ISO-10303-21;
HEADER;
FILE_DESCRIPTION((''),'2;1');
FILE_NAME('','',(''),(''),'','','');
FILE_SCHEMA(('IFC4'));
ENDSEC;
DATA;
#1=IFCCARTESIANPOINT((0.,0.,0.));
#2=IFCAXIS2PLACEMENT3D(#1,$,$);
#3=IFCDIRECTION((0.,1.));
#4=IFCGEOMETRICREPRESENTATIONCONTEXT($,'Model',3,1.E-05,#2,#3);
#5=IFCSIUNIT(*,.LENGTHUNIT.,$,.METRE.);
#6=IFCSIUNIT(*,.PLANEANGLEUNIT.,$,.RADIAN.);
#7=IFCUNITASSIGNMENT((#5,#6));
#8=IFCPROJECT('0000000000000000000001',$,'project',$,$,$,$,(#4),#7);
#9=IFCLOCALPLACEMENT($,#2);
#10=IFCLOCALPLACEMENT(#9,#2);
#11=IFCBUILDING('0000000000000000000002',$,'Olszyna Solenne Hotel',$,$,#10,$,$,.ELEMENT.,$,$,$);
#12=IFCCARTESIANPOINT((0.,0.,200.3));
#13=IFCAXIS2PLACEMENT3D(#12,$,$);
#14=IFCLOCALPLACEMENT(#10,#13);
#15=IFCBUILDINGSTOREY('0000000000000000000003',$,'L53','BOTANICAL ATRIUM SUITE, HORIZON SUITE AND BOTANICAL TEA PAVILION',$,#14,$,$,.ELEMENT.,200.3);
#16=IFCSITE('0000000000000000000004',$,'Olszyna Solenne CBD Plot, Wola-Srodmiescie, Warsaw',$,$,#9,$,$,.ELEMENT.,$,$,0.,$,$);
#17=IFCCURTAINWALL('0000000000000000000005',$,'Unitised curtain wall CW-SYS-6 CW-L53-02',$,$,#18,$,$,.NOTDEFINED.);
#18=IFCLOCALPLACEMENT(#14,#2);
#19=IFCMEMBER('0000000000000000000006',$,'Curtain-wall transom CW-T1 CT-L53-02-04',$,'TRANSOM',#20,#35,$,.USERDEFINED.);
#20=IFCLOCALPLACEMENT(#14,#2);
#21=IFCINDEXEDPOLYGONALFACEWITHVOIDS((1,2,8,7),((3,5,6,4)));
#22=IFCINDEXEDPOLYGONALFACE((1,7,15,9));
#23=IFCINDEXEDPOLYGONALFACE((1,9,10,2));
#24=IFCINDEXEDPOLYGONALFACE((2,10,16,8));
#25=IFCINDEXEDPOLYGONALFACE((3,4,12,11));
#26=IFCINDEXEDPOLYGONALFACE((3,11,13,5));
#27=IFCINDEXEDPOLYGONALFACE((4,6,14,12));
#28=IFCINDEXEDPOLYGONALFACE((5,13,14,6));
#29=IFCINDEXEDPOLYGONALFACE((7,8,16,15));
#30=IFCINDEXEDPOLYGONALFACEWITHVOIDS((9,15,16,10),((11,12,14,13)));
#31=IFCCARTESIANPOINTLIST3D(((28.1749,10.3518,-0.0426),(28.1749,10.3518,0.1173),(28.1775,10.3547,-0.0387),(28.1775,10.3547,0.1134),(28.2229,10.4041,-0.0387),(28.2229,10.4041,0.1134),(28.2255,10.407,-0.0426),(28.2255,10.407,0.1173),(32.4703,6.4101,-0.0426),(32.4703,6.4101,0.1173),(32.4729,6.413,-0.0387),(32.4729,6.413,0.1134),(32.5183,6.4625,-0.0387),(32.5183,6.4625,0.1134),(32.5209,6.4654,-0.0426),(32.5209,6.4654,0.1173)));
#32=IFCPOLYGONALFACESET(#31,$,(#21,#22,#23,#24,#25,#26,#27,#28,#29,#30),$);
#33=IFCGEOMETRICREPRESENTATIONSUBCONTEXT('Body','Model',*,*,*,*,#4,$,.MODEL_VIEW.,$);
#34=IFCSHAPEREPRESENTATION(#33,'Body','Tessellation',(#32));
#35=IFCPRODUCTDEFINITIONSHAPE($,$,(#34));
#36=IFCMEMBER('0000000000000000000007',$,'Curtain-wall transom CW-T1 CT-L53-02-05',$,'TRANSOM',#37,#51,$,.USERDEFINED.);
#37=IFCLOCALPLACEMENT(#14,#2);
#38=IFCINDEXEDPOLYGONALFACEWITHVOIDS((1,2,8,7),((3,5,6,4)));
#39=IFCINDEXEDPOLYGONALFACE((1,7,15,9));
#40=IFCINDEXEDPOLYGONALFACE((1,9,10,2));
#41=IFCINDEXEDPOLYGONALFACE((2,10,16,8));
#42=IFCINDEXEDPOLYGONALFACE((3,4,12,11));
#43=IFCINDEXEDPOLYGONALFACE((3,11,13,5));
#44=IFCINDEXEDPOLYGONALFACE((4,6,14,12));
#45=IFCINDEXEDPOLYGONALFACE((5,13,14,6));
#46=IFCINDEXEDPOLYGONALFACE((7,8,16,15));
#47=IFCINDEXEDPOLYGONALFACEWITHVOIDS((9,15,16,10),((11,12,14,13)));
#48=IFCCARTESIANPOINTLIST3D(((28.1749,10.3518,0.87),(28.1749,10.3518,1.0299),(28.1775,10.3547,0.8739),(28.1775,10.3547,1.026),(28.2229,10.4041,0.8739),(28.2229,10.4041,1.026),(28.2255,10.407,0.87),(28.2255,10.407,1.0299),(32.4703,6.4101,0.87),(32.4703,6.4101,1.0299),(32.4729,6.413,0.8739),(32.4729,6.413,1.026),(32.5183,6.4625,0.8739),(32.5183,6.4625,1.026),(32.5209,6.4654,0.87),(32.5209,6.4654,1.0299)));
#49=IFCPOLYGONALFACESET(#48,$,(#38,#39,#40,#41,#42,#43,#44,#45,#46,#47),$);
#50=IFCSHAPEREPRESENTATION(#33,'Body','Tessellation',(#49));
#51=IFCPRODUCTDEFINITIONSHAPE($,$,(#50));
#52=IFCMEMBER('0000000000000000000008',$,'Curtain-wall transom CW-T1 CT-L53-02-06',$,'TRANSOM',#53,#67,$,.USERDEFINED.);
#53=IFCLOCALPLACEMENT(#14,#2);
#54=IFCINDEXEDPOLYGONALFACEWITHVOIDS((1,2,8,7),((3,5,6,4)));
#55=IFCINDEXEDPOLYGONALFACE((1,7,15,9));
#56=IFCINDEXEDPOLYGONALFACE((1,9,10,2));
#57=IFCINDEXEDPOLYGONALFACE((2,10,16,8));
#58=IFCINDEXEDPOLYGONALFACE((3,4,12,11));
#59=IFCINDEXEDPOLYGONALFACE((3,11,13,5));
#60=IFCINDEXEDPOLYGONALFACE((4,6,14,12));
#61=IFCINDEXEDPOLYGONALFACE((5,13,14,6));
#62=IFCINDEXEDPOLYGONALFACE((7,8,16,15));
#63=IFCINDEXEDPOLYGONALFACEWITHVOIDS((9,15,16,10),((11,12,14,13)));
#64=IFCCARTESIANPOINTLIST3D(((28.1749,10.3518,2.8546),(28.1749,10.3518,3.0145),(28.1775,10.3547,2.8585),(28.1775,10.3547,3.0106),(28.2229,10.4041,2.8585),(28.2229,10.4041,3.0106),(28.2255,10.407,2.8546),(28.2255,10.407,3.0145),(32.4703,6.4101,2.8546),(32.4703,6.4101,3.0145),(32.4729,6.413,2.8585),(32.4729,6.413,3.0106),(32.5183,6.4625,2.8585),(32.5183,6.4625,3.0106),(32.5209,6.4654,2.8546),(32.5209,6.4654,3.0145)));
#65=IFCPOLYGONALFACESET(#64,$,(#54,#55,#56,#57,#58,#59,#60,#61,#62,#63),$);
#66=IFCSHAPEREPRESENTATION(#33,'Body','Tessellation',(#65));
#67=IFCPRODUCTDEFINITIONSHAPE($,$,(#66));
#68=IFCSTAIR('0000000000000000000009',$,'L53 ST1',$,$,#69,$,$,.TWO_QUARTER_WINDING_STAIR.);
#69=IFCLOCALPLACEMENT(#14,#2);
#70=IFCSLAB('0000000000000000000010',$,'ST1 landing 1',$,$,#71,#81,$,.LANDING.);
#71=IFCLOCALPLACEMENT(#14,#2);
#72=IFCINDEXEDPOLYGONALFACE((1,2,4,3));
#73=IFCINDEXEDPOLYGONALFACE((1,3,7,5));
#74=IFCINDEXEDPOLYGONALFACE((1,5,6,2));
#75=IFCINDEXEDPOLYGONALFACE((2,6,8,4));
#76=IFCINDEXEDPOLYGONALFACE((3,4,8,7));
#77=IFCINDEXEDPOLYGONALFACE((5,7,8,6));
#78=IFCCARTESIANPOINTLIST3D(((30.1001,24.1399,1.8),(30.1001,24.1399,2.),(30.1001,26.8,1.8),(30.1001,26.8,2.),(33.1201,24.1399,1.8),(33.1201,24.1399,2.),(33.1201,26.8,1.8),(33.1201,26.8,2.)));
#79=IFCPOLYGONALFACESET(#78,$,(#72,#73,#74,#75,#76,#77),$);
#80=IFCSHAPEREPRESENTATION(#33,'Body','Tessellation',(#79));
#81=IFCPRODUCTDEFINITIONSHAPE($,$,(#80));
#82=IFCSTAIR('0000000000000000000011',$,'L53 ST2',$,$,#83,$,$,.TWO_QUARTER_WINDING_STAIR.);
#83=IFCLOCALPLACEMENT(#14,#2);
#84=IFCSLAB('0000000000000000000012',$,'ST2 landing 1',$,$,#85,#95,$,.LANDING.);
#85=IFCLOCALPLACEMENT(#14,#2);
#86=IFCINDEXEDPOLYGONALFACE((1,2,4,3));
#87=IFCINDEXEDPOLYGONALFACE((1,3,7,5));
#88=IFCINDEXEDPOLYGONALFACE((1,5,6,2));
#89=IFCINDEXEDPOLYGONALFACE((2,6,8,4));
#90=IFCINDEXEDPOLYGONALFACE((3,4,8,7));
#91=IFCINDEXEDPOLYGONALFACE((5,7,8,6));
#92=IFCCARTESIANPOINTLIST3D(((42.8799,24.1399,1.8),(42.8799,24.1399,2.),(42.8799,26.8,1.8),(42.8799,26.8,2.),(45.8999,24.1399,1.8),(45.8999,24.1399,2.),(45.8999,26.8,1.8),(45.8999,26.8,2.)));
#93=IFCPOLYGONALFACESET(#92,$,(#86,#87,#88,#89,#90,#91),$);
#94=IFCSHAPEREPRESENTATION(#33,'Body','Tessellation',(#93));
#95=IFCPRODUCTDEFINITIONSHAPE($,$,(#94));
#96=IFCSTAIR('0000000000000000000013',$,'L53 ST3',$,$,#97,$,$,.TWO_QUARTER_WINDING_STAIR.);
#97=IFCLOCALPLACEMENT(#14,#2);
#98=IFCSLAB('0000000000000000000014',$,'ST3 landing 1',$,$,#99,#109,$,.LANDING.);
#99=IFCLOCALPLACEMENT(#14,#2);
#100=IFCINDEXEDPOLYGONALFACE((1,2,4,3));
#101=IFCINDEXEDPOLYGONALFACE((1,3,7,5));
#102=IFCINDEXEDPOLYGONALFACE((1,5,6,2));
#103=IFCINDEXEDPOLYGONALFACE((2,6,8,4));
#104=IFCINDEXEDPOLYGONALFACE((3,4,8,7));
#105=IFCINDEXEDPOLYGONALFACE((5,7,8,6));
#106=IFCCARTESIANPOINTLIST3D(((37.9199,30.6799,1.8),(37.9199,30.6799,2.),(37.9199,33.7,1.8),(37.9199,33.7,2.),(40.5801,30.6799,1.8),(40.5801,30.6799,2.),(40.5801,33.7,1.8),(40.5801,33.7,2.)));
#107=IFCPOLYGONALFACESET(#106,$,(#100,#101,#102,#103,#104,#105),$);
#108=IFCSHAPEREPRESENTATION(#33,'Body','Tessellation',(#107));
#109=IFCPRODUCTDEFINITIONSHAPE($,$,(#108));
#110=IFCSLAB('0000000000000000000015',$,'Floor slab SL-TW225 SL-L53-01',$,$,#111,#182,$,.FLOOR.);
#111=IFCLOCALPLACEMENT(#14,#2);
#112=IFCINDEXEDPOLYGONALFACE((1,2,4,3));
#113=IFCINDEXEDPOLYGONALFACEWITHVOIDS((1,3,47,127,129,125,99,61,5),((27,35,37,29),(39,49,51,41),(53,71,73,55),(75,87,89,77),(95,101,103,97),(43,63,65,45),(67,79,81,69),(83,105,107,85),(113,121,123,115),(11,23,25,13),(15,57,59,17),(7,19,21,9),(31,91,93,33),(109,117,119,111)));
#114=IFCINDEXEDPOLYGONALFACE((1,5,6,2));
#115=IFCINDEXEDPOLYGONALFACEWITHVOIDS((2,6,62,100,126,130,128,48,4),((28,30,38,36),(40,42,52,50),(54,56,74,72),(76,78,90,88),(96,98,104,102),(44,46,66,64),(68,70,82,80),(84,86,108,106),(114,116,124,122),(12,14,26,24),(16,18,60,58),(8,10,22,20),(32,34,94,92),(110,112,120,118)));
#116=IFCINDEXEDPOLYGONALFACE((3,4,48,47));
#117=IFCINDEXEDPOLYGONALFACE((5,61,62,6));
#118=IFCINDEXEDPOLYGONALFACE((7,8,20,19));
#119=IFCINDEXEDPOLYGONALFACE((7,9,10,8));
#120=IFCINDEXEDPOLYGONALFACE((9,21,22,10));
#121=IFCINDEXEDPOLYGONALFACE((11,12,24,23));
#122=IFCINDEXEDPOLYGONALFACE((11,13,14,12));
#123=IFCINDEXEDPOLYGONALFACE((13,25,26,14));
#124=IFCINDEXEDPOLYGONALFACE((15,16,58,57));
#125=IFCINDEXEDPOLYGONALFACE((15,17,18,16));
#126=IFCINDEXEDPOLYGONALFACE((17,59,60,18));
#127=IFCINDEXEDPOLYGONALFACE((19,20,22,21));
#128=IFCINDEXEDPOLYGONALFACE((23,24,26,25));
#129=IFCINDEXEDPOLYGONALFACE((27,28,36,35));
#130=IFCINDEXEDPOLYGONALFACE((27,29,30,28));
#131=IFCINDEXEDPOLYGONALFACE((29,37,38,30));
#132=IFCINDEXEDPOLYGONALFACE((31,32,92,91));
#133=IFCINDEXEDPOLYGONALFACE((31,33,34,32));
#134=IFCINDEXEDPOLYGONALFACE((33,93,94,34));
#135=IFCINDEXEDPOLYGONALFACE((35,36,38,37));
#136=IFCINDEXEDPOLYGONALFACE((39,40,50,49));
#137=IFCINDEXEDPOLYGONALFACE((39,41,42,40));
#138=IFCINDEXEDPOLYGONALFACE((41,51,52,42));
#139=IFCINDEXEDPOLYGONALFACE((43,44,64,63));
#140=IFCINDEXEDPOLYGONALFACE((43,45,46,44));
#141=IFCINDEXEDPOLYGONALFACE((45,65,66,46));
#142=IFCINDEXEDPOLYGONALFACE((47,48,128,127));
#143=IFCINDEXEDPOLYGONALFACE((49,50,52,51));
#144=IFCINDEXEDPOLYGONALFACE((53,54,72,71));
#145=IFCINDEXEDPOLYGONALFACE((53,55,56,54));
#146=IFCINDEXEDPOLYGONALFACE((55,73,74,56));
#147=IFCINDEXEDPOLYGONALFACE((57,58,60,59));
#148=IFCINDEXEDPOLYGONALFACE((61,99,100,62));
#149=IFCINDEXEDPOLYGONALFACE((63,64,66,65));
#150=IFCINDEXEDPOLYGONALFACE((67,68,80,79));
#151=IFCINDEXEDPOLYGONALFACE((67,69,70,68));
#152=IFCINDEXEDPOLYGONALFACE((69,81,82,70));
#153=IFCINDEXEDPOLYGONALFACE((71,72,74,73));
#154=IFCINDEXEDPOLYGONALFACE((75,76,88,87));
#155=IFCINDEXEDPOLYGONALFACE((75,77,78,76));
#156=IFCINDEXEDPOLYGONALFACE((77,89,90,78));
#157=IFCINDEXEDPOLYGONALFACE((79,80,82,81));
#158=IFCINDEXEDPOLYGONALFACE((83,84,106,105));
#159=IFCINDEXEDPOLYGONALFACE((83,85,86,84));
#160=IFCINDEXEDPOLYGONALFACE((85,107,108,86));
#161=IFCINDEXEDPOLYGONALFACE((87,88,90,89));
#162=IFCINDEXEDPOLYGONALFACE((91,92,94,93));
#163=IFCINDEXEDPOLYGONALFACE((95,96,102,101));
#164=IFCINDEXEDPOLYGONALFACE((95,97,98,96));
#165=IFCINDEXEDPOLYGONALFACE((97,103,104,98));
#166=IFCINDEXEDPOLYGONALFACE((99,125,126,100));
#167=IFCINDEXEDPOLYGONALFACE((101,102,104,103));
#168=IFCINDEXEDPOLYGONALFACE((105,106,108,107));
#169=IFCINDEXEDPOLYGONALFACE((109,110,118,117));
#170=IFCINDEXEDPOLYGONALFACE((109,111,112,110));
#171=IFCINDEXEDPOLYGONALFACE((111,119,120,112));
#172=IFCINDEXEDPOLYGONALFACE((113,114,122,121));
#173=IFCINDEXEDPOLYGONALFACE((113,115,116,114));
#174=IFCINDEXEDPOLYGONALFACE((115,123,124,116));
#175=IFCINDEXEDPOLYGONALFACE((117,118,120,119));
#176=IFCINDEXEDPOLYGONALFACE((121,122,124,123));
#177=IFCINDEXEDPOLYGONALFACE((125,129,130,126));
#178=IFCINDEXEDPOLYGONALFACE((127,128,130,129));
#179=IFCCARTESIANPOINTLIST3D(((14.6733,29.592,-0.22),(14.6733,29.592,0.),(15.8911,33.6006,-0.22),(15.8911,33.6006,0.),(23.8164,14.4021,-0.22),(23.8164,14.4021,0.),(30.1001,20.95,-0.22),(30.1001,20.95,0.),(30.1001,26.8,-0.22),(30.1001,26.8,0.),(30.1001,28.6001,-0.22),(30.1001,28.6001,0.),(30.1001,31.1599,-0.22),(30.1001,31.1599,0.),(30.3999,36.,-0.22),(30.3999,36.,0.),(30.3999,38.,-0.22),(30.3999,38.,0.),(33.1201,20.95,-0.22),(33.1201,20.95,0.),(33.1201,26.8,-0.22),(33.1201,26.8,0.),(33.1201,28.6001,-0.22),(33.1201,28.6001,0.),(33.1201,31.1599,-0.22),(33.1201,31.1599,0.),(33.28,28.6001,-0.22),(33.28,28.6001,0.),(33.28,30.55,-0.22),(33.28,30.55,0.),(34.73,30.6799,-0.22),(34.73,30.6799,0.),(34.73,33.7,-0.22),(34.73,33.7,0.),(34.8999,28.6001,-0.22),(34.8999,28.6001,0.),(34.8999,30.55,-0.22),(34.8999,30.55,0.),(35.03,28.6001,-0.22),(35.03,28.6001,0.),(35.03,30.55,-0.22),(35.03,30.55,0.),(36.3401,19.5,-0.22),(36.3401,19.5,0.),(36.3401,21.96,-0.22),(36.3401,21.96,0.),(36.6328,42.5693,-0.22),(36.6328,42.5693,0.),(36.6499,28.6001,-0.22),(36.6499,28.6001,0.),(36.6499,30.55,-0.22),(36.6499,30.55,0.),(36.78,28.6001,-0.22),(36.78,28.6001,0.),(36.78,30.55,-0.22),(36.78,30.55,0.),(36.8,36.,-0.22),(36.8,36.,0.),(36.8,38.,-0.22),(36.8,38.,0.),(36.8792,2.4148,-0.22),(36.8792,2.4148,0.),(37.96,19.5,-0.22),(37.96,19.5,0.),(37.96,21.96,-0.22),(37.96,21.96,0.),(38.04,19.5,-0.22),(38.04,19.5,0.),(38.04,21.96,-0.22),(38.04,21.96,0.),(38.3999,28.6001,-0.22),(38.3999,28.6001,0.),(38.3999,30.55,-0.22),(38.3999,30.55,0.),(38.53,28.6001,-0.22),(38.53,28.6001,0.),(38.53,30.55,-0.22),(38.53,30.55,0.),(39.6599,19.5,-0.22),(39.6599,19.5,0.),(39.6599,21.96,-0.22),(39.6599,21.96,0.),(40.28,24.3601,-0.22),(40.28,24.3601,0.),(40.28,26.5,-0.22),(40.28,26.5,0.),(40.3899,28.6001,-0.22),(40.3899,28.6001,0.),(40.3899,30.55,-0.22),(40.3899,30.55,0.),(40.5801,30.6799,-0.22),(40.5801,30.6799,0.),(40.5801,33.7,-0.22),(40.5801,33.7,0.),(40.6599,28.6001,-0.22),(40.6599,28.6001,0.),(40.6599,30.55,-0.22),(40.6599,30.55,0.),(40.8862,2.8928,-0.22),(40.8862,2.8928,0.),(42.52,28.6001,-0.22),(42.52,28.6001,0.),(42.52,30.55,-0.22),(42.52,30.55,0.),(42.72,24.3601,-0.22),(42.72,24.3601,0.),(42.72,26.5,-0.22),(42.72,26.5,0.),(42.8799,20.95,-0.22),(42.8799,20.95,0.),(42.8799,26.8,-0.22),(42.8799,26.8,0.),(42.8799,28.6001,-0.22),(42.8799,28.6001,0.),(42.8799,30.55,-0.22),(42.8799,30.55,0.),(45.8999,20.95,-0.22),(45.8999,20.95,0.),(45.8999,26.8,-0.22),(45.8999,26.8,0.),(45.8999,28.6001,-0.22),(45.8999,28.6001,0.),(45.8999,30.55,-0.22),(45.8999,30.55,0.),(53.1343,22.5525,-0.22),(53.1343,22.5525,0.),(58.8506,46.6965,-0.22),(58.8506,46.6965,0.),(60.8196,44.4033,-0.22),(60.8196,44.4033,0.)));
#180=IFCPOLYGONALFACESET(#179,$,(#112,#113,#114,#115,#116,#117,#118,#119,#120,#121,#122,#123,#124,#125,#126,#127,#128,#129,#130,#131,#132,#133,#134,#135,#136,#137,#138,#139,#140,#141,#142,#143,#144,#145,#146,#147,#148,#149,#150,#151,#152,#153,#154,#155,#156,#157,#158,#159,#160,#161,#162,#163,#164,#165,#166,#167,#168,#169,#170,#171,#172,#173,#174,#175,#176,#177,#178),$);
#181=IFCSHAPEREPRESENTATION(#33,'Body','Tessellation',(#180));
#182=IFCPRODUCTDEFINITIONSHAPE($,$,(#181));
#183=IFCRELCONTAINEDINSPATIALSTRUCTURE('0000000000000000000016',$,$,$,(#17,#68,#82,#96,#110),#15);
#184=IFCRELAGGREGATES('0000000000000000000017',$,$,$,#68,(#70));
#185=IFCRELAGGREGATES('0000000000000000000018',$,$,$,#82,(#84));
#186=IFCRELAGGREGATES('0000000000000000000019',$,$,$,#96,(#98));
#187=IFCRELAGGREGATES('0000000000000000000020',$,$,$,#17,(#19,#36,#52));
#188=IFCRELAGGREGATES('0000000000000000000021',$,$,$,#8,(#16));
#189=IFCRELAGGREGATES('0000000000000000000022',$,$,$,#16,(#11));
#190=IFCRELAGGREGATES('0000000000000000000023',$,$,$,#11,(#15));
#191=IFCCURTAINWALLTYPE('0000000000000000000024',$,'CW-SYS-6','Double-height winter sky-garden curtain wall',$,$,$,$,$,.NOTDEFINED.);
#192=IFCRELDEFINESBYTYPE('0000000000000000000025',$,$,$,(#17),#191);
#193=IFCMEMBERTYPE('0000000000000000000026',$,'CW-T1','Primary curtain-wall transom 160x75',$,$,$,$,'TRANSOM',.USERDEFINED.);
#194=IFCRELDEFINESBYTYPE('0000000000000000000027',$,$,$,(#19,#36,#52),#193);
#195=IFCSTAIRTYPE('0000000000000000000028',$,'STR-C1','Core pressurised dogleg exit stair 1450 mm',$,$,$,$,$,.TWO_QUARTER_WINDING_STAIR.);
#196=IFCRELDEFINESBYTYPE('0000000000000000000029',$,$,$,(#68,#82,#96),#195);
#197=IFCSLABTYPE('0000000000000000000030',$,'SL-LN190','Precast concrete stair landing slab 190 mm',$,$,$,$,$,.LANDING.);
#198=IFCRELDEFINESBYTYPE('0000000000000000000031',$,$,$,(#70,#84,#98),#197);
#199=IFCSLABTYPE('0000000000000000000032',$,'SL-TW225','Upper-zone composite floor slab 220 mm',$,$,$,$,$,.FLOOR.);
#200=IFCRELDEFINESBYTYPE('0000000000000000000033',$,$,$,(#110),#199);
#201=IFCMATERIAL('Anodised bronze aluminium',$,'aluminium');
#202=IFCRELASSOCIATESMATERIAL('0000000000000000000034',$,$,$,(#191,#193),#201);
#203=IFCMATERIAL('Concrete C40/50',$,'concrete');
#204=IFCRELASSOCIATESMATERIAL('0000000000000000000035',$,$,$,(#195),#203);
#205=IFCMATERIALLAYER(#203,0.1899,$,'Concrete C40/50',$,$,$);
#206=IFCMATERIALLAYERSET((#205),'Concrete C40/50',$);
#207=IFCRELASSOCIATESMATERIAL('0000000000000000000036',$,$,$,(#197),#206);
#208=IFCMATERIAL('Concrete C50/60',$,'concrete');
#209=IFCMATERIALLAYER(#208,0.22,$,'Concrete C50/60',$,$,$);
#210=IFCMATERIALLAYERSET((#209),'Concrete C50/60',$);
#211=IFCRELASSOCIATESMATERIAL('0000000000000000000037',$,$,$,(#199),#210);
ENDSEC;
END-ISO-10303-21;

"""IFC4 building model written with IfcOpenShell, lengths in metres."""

from ifc_helpers import new_model, si_unit, direction, frame, origin, origin_2d, place, context, subcontext, project, spatial, polyline, hollow_rectangle, outline, extrude, source, transform, mapped, material, layer, layer_set, material_profile, profile_set, type_object, element, aggregate, save


model = new_model("IFC4")

# Units and contexts
model_context = context("Model", 3, precision=1e-05, world=origin(), true_north=direction((0.0, 1.0)))
body_context = subcontext(model_context, "Body", "Model", "MODEL_VIEW")
ifc_project = project(units=[si_unit("LENGTHUNIT", "METRE"), si_unit("PLANEANGLEUNIT", "RADIAN")], contexts=[model_context])

# Site, building, storey
site_placement = place(None, origin())
site = spatial("IfcSite", under=ifc_project, at=site_placement, Name="Olszyna Solenne CBD Plot, Wola-Srodmiescie, Warsaw", CompositionType="ELEMENT", RefElevation=0.0)
building_placement = place(site_placement, origin())
building = spatial("IfcBuilding", under=site, at=building_placement, Name="Olszyna Solenne Hotel", CompositionType="ELEMENT")
storey_placement = place(building_placement, frame((0.0, 0.0, 200.3)))
storey = spatial("IfcBuildingStorey", under=building, at=storey_placement, Name="L53", Description="BOTANICAL ATRIUM SUITE, HORIZON SUITE AND BOTANICAL TEA PAVILION", CompositionType="ELEMENT", Elevation=200.3)

# Curtain wall, members
ifc_material_1 = material(Name="Anodised bronze aluminium", Category="aluminium")
curtain_wall_type = type_object("IfcCurtainWallType", Name="CW-SYS-6", Description="Double-height winter sky-garden curtain wall", PredefinedType="NOTDEFINED", material=ifc_material_1)
curtain_wall_placement = place(storey_placement, origin())
curtain_wall = element("IfcCurtainWall", 1, at=curtain_wall_placement, inside=storey, type_object=curtain_wall_type, Name="Unitised curtain wall CW-SYS-6 CW-L53-02", PredefinedType="NOTDEFINED")
ifc_material_profile_1 = material_profile(ifc_material_1, hollow_rectangle(XDim=0.075, YDim=0.1599, WallThickness=0.0039, at=origin_2d()), Name="TRAN 160x75x4", Category="load-bearing")
ifc_profile_set_1 = profile_set([ifc_material_profile_1], Name="Anodised bronze aluminium")
member_type_1 = type_object("IfcMemberType", Name="CW-T1", Description="Primary curtain-wall transom 160x75", ElementType="TRANSOM", PredefinedType="USERDEFINED", material=ifc_profile_set_1)
shared_shape_1 = source(origin(), body_context, "Body", "SweptSolid", [
    extrude(hollow_rectangle(XDim=0.075, YDim=0.1599, WallThickness=0.0039, at=origin_2d()), origin(), (0.0, 0.0, 1.0), 5.8298),
])
member_1_placement = place(storey_placement, frame((28.2002, 10.3794, 0.0374), z_axis=(0.736796, -0.676115, 0.0), x_axis=(0.676115, 0.736796, 0.0)))
member_1 = element("IfcMember", 2, at=member_1_placement, type_object=member_type_1, Name="Curtain-wall transom CW-T1 CT-L53-02-04", ObjectType="TRANSOM", PredefinedType="USERDEFINED", context=body_context, shape_type="MappedRepresentation", body=[
    mapped(shared_shape_1, transform((0.0, 0.0, 0.0), x_axis=(1.0, 0.0, 0.0), y_axis=(0.0, 1.0, 0.0), z_axis=(0.0, 0.0, 1.0), scale=1.0)),
])
member_2_placement = place(storey_placement, frame((28.2002, 10.3794, 0.95), z_axis=(0.736796, -0.676115, 0.0), x_axis=(0.676115, 0.736796, 0.0)))
member_2 = element("IfcMember", 3, at=member_2_placement, type_object=member_type_1, Name="Curtain-wall transom CW-T1 CT-L53-02-05", ObjectType="TRANSOM", PredefinedType="USERDEFINED", context=body_context, shape_type="MappedRepresentation", body=[
    mapped(shared_shape_1, transform((0.0, 0.0, 0.0), x_axis=(1.0, 0.0, 0.0), y_axis=(0.0, 1.0, 0.0), z_axis=(0.0, 0.0, 1.0), scale=1.0)),
])
member_3_placement = place(storey_placement, frame((28.2002, 10.3794, 2.9346), z_axis=(0.736796, -0.676115, 0.0), x_axis=(0.676115, 0.736796, 0.0)))
member_3 = element("IfcMember", 4, at=member_3_placement, type_object=member_type_1, Name="Curtain-wall transom CW-T1 CT-L53-02-06", ObjectType="TRANSOM", PredefinedType="USERDEFINED", context=body_context, shape_type="MappedRepresentation", body=[
    mapped(shared_shape_1, transform((0.0, 0.0, 0.0), x_axis=(1.0, 0.0, 0.0), y_axis=(0.0, 1.0, 0.0), z_axis=(0.0, 0.0, 1.0), scale=1.0)),
])

# Stairs, slabs
ifc_material_2 = material(Name="Concrete C40/50", Category="concrete")
stair_type = type_object("IfcStairType", Name="STR-C1", Description="Core pressurised dogleg exit stair 1450 mm", PredefinedType="TWO_QUARTER_WINDING_STAIR", material=ifc_material_2)
stair_1_placement = place(storey_placement, origin())
stair_1 = element("IfcStair", 5, at=stair_1_placement, inside=storey, type_object=stair_type, Name="L53 ST1", PredefinedType="TWO_QUARTER_WINDING_STAIR")
ifc_layer_1 = layer(ifc_material_2, 0.1899, Name="Concrete C40/50")
ifc_layer_set_1 = layer_set([ifc_layer_1], Name="Concrete C40/50")
slab_type_1 = type_object("IfcSlabType", Name="SL-LN190", Description="Precast concrete stair landing slab 190 mm", PredefinedType="LANDING", material=ifc_layer_set_1)
slab_1_placement = place(storey_placement, frame((0.0, 0.0, 1.8)))
slab_1 = element("IfcSlab", 6, at=slab_1_placement, type_object=slab_type_1, Name="ST1 landing 1", PredefinedType="LANDING", context=body_context, shape_type="SweptSolid", body=[
    extrude(outline(polyline([(33.1201, 24.1399), (33.1201, 26.8), (30.1001, 26.8), (30.1001, 24.1399), (33.1201, 24.1399)])), origin(), (0.0, 0.0, 1.0), 0.2),
])
aggregate(stair_1, [slab_1])
stair_2_placement = place(storey_placement, origin())
stair_2 = element("IfcStair", 7, at=stair_2_placement, inside=storey, type_object=stair_type, Name="L53 ST2", PredefinedType="TWO_QUARTER_WINDING_STAIR")
slab_2_placement = place(storey_placement, frame((0.0, 0.0, 1.8)))
slab_2 = element("IfcSlab", 8, at=slab_2_placement, type_object=slab_type_1, Name="ST2 landing 1", PredefinedType="LANDING", context=body_context, shape_type="SweptSolid", body=[
    extrude(outline(polyline([(45.8999, 24.1399), (45.8999, 26.8), (42.8799, 26.8), (42.8799, 24.1399), (45.8999, 24.1399)])), origin(), (0.0, 0.0, 1.0), 0.2),
])
aggregate(stair_2, [slab_2])
stair_3_placement = place(storey_placement, origin())
stair_3 = element("IfcStair", 9, at=stair_3_placement, inside=storey, type_object=stair_type, Name="L53 ST3", PredefinedType="TWO_QUARTER_WINDING_STAIR")
slab_3_placement = place(storey_placement, frame((0.0, 0.0, 1.8)))
slab_3 = element("IfcSlab", 10, at=slab_3_placement, type_object=slab_type_1, Name="ST3 landing 1", PredefinedType="LANDING", context=body_context, shape_type="SweptSolid", body=[
    extrude(outline(polyline([(37.9199, 30.6799), (40.5801, 30.6799), (40.5801, 33.7), (37.9199, 33.7), (37.9199, 30.6799)])), origin(), (0.0, 0.0, 1.0), 0.2),
])
aggregate(stair_3, [slab_3])

# Slab
ifc_material_3 = material(Name="Concrete C50/60", Category="concrete")
ifc_layer_2 = layer(ifc_material_3, 0.22, Name="Concrete C50/60")
ifc_layer_set_2 = layer_set([ifc_layer_2], Name="Concrete C50/60")
slab_type_2 = type_object("IfcSlabType", Name="SL-TW225", Description="Upper-zone composite floor slab 220 mm", PredefinedType="FLOOR", material=ifc_layer_set_2)
slab_4_placement = place(storey_placement, frame((0.0, 0.0, -0.22)))
element("IfcSlab", 11, at=slab_4_placement, inside=storey, type_object=slab_type_2, Name="Floor slab SL-TW225 SL-L53-01", PredefinedType="FLOOR", context=body_context, shape_type="SweptSolid", body=[
    extrude(outline(polyline([(60.8196, 44.4033), (58.8506, 46.6965), (36.6328, 42.5693), (15.8911, 33.6006), (14.6733, 29.592), (23.8164, 14.4021), (36.8792, 2.4148), (40.8862, 2.8928), (53.1343, 22.5525), (60.8196, 44.4033)]), holes=[polyline([(30.1001, 20.95), (33.1201, 20.95), (33.1201, 26.8), (30.1001, 26.8), (30.1001, 20.95)]), polyline([(42.8799, 20.95), (45.8999, 20.95), (45.8999, 26.8), (42.8799, 26.8), (42.8799, 20.95)]), polyline([(34.73, 30.6799), (40.5801, 30.6799), (40.5801, 33.7), (34.73, 33.7), (34.73, 30.6799)]), polyline([(36.3401, 19.5), (37.96, 19.5), (37.96, 21.96), (36.3401, 21.96), (36.3401, 19.5)]), polyline([(38.04, 19.5), (39.6599, 19.5), (39.6599, 21.96), (38.04, 21.96), (38.04, 19.5)]), polyline([(30.1001, 28.6001), (33.1201, 28.6001), (33.1201, 31.1599), (30.1001, 31.1599), (30.1001, 28.6001)]), polyline([(40.28, 24.3601), (42.72, 24.3601), (42.72, 26.5), (40.28, 26.5), (40.28, 24.3601)]), polyline([(33.28, 28.6001), (34.8999, 28.6001), (34.8999, 30.55), (33.28, 30.55), (33.28, 28.6001)]), polyline([(35.03, 28.6001), (36.6499, 28.6001), (36.6499, 30.55), (35.03, 30.55), (35.03, 28.6001)]), polyline([(36.78, 28.6001), (38.3999, 28.6001), (38.3999, 30.55), (36.78, 30.55), (36.78, 28.6001)]), polyline([(38.53, 28.6001), (40.3899, 28.6001), (40.3899, 30.55), (38.53, 30.55), (38.53, 28.6001)]), polyline([(40.6599, 28.6001), (42.52, 28.6001), (42.52, 30.55), (40.6599, 30.55), (40.6599, 28.6001)]), polyline([(42.8799, 28.6001), (45.8999, 28.6001), (45.8999, 30.55), (42.8799, 30.55), (42.8799, 28.6001)]), polyline([(30.3999, 36.0), (36.8, 36.0), (36.8, 38.0), (30.3999, 38.0), (30.3999, 36.0)])]), origin(), (0.0, 0.0, 1.0), 0.22),
])

aggregate(curtain_wall, [member_1, member_2, member_3])

save(model, "model.ifc")
